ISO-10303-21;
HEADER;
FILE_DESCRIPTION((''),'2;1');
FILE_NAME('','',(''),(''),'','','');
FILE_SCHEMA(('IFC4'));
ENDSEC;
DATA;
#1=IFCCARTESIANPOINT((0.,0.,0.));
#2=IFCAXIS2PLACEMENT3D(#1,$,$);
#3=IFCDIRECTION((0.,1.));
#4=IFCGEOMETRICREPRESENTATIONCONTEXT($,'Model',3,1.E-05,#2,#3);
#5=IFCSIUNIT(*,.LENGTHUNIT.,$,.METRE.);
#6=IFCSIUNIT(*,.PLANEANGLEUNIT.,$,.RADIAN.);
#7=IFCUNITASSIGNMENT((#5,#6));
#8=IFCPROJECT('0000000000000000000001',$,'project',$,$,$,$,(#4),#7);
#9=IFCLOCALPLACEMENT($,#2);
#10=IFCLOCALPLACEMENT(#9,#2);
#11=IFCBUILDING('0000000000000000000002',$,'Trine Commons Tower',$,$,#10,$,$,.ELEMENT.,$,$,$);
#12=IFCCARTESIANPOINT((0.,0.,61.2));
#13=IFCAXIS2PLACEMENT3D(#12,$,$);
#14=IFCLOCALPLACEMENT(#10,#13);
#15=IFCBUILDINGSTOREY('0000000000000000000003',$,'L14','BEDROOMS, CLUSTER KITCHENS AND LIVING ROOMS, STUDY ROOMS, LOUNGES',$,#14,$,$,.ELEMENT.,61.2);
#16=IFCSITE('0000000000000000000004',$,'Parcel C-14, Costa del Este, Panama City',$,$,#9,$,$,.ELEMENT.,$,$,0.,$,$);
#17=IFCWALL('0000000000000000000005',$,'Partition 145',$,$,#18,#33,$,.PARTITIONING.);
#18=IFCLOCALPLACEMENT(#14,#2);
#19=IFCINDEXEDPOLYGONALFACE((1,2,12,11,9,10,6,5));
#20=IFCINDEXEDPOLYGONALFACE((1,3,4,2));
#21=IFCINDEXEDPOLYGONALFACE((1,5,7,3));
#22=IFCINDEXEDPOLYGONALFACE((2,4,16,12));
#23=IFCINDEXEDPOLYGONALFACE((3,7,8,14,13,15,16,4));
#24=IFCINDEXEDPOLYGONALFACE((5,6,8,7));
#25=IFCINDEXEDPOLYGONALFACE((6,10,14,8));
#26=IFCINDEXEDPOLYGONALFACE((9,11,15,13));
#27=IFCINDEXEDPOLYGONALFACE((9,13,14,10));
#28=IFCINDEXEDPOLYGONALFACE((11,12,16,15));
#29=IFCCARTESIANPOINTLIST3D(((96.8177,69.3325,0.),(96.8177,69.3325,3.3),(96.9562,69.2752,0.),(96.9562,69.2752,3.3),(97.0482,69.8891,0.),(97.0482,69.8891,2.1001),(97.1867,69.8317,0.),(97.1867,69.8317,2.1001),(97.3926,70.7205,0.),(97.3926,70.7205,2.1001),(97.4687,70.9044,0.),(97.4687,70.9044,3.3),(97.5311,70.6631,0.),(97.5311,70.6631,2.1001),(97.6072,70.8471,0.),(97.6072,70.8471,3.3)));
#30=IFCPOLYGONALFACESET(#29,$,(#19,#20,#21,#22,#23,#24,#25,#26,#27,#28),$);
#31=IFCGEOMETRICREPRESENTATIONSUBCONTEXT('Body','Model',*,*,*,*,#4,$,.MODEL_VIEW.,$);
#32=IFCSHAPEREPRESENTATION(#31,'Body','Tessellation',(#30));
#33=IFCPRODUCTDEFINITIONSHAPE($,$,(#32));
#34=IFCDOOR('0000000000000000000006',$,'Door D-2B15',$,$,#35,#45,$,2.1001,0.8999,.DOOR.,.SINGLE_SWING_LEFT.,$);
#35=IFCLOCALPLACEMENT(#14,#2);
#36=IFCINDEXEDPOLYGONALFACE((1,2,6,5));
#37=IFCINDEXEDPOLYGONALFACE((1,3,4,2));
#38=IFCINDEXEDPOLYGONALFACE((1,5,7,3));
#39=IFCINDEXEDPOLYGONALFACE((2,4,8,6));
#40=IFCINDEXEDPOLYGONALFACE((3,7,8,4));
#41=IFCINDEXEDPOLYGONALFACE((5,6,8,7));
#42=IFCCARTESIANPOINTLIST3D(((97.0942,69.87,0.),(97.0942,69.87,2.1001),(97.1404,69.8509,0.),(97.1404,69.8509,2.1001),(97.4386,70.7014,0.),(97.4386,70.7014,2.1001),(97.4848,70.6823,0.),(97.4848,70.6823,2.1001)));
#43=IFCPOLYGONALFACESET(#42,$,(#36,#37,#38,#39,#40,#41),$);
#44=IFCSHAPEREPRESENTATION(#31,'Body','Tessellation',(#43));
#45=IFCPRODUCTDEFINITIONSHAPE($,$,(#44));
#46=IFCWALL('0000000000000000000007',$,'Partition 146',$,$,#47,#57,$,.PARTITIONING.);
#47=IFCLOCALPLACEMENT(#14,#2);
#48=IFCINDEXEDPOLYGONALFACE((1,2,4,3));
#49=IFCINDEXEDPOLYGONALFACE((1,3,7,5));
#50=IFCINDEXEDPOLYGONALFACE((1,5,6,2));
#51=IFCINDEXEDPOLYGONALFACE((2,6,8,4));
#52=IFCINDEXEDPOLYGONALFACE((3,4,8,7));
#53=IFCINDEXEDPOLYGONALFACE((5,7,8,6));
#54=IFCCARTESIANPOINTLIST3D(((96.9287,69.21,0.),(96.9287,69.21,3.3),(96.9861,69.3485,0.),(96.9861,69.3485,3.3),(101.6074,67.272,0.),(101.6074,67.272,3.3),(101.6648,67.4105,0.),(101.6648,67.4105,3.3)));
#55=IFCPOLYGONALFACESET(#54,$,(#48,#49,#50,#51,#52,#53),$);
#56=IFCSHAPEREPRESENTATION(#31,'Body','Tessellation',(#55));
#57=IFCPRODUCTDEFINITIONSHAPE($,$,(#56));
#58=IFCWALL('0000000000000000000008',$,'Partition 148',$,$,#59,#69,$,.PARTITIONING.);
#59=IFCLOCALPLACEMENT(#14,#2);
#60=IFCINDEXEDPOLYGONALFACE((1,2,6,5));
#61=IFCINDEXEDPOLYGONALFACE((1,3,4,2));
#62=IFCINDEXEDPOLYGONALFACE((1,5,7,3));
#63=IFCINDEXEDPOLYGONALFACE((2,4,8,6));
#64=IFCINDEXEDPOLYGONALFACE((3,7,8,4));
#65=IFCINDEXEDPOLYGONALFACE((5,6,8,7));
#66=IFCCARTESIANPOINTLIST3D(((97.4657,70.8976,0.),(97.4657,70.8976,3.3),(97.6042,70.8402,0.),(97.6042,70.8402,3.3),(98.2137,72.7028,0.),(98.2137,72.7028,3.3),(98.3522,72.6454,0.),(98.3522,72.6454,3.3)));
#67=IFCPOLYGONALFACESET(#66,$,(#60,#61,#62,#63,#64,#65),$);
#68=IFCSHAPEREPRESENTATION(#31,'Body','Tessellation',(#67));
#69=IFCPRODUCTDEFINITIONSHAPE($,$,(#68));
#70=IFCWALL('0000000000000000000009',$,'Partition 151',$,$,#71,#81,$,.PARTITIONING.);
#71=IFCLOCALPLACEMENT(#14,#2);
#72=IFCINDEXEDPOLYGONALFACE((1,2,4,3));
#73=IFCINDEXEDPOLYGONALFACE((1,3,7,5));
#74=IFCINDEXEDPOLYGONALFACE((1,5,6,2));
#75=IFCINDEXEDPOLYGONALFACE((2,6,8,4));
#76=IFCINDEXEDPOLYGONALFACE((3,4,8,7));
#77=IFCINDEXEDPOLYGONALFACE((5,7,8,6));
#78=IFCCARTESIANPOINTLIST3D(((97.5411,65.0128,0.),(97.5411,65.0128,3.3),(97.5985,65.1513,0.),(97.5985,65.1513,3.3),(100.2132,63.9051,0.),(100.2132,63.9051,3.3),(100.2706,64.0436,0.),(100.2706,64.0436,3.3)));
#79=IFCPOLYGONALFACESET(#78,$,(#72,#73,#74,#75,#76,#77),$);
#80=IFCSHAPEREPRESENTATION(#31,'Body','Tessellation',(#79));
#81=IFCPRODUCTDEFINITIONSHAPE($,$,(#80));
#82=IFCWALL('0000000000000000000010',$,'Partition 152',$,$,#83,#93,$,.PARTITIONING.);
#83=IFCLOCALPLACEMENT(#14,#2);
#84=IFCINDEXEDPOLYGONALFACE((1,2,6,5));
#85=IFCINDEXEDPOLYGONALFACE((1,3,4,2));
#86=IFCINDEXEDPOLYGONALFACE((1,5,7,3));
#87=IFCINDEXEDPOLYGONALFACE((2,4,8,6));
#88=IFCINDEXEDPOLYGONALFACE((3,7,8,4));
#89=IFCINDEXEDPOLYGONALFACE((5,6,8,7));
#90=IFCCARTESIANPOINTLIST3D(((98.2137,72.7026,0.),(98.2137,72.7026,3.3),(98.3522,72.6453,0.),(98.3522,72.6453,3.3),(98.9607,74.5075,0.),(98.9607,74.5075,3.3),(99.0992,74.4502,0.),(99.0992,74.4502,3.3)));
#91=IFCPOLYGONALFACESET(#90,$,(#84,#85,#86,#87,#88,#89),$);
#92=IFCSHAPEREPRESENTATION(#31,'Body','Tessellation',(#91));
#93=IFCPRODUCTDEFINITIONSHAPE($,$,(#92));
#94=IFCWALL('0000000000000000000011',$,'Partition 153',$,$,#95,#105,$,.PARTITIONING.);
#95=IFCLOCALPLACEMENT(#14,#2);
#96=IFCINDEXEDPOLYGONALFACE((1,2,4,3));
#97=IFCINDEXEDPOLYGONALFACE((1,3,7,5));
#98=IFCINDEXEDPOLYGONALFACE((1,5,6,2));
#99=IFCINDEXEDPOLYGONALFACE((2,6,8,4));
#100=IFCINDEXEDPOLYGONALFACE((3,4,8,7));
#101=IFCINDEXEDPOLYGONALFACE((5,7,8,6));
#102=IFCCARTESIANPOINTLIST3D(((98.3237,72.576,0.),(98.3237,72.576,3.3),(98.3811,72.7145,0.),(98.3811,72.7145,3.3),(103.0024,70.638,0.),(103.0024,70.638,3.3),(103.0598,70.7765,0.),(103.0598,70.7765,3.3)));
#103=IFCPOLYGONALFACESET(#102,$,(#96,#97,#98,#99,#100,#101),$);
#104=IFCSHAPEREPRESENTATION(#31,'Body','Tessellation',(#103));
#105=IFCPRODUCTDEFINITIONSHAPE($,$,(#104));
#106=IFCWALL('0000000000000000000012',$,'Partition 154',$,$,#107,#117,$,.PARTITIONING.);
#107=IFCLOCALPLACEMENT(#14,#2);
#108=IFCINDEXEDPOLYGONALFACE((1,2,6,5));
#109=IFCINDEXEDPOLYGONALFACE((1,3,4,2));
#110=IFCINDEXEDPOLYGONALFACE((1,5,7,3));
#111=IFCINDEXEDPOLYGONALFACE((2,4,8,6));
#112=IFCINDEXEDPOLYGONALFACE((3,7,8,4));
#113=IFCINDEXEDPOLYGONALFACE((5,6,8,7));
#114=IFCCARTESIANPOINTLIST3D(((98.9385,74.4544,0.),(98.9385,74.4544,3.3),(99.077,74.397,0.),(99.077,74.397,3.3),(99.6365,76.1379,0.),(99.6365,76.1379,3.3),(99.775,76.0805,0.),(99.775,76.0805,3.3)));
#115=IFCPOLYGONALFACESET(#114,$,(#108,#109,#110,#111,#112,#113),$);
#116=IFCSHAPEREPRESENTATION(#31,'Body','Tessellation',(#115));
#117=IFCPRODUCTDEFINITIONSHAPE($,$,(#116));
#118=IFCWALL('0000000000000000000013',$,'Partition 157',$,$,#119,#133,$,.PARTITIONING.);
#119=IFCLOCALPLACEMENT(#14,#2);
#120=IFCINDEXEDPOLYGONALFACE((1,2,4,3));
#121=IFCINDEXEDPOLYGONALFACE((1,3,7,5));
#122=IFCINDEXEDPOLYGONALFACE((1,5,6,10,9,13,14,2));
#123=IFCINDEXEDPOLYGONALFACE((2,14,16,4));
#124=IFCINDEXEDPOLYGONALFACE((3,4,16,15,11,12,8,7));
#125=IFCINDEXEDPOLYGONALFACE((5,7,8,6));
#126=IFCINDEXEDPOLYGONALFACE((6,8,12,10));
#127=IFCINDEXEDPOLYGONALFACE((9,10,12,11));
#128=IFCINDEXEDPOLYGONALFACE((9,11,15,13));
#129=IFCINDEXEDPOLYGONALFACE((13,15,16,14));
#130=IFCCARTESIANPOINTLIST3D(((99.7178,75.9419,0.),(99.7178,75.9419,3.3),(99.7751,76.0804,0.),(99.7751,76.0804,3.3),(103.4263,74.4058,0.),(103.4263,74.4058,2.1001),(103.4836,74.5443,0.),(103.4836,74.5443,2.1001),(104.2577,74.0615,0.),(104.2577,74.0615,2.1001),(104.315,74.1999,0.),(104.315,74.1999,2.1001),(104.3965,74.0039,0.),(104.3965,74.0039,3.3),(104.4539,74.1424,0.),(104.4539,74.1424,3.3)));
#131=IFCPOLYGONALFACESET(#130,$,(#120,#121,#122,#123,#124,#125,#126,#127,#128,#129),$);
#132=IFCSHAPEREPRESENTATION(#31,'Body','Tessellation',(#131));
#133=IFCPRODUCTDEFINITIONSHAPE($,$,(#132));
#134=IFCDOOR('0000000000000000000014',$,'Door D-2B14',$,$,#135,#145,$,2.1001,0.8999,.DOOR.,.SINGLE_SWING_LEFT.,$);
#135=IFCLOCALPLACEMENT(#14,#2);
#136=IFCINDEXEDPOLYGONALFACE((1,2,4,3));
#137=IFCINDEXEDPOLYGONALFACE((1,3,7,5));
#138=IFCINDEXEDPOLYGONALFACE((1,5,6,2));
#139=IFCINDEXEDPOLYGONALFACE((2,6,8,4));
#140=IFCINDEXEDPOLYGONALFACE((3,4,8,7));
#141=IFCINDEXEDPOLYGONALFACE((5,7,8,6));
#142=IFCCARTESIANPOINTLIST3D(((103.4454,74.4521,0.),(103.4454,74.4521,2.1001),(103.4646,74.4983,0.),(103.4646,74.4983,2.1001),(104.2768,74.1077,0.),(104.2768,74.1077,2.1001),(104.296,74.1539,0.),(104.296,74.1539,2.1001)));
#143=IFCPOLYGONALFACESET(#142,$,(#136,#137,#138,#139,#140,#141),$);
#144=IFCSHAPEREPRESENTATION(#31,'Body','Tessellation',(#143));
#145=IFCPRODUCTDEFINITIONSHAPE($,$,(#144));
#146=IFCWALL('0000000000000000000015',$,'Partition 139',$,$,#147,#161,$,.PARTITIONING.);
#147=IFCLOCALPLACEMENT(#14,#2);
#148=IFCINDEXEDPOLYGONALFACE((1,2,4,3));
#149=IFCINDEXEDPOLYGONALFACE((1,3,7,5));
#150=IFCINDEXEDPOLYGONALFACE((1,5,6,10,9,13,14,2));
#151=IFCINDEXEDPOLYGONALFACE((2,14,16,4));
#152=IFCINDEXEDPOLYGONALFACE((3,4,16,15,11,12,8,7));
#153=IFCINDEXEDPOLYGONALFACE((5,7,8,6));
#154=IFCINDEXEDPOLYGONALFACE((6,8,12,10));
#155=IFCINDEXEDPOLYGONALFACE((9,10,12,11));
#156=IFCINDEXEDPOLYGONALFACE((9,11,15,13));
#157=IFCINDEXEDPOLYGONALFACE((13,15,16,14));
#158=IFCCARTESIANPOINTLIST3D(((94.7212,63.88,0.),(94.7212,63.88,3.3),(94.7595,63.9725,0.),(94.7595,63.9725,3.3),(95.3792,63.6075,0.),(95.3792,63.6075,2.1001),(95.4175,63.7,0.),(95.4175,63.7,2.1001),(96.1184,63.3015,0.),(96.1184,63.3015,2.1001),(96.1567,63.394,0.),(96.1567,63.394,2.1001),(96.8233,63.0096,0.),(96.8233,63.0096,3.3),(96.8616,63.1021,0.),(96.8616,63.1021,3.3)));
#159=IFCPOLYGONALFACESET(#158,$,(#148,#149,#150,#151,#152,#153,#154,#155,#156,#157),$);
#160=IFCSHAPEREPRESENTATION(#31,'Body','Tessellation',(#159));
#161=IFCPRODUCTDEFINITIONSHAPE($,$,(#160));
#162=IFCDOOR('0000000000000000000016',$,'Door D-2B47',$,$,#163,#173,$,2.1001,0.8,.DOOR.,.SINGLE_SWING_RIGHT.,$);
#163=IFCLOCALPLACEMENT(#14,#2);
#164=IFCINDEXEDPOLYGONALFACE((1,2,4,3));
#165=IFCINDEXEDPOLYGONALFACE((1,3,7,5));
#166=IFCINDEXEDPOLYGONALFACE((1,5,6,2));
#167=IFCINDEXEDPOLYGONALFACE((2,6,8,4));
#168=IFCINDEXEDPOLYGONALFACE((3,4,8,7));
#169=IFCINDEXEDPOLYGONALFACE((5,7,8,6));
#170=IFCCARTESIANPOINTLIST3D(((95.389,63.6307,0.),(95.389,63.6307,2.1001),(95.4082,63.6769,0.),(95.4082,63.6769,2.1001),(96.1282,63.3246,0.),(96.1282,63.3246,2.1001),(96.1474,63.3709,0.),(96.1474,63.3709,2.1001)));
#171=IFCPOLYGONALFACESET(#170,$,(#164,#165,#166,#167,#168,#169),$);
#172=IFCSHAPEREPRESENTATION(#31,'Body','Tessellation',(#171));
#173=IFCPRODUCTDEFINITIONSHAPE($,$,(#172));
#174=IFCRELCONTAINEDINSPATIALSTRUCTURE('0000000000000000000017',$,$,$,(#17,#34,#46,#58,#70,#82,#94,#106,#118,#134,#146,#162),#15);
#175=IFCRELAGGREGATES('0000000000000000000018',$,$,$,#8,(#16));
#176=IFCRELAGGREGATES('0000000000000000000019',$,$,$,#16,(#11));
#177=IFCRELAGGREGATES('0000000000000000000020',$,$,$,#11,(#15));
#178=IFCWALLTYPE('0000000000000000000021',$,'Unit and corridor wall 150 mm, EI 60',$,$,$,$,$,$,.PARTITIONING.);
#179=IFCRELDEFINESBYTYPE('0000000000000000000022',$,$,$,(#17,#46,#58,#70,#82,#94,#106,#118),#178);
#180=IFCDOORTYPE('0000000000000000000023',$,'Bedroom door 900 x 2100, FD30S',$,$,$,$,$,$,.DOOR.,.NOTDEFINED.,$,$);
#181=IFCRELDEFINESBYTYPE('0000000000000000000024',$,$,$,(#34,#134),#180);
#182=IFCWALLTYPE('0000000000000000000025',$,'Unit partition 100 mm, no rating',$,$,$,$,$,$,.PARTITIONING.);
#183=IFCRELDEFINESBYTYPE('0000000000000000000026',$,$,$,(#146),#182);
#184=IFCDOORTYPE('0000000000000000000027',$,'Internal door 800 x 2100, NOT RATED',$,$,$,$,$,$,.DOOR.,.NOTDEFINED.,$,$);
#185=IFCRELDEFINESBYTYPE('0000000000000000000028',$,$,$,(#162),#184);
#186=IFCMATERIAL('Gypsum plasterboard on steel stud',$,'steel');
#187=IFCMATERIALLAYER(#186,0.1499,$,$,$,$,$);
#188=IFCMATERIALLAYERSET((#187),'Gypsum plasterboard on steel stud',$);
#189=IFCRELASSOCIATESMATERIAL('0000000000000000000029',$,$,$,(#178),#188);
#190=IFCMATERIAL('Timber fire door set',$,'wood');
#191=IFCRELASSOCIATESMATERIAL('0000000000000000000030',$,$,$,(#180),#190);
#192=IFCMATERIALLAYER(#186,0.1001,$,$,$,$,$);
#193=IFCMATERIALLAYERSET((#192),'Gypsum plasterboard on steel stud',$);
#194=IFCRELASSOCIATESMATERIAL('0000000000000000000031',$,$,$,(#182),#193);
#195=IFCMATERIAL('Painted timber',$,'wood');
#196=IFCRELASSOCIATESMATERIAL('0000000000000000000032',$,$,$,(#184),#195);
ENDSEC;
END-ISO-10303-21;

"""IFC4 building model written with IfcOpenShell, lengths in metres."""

from ifc_helpers import new_model, si_unit, direction, frame, frame_2d, origin, place, context, subcontext, project, spatial, rectangle, extrude, material, layer, layer_set, type_object, element, fill, save


model = new_model("IFC4")

# Units and contexts
model_context = context("Model", 3, precision=1e-05, world=origin(), true_north=direction((0.0, 1.0)))
body_context = subcontext(model_context, "Body", "Model", "MODEL_VIEW")
ifc_project = project(units=[si_unit("LENGTHUNIT", "METRE"), si_unit("PLANEANGLEUNIT", "RADIAN")], contexts=[model_context])

# Site, building, storey
site_placement = place(None, origin())
site = spatial("IfcSite", under=ifc_project, at=site_placement, Name="Parcel C-14, Costa del Este, Panama City", CompositionType="ELEMENT", RefElevation=0.0)
building_placement = place(site_placement, origin())
building = spatial("IfcBuilding", under=site, at=building_placement, Name="Trine Commons Tower", CompositionType="ELEMENT")
storey_placement = place(building_placement, frame((0.0, 0.0, 61.2)))
storey = spatial("IfcBuildingStorey", under=building, at=storey_placement, Name="L14", Description="BEDROOMS, CLUSTER KITCHENS AND LIVING ROOMS, STUDY ROOMS, LOUNGES", CompositionType="ELEMENT", Elevation=61.2)

# Shared definitions
ifc_material_1 = material(Name="Gypsum plasterboard on steel stud", Category="steel")
ifc_layer_1 = layer(ifc_material_1, 0.1499)
ifc_layer_set_1 = layer_set([ifc_layer_1], Name="Gypsum plasterboard on steel stud")
wall_type_1 = type_object("IfcWallType", Name="Unit and corridor wall 150 mm, EI 60", PredefinedType="PARTITIONING", material=ifc_layer_set_1)

# Wall, opening, door
ifc_material_2 = material(Name="Timber fire door set", Category="wood")
wall_1_placement = place(storey_placement, frame((96.887, 69.304, 0.0), z_axis=(0.0, 0.0, 1.0), x_axis=(0.382669, 0.923886, 0.0)))
wall_1 = element("IfcWall", 1, at=wall_1_placement, inside=storey, type_object=wall_type_1, Name="Partition 145", PredefinedType="PARTITIONING", context=body_context, shape_type="SweptSolid", body=[
    extrude(rectangle(XDim=1.7014, YDim=0.1499, at=frame_2d((0.8506, 0.0))), origin(), (0.0, 0.0, 1.0), 3.3),
])
opening_1_placement = place(wall_1_placement, frame((0.6023, 0.0, 0.0)))
opening_1 = element("IfcOpeningElement", 2, at=opening_1_placement, cuts=wall_1, PredefinedType="OPENING", context=body_context, shape_type="SweptSolid", body=[
    extrude(rectangle(XDim=0.8999, YDim=2.1001, at=frame_2d((0.45, 1.05))), frame((0.0, 0.085, 0.0), z_axis=(0.0, -1.0, 0.0), x_axis=(1.0, 0.0, 0.0)), (0.0, 0.0, 1.0), 0.1699),
])
door_type_1 = type_object("IfcDoorType", Name="Bedroom door 900 x 2100, FD30S", OperationType="NOTDEFINED", PredefinedType="DOOR", material=ifc_material_2)
door_1_placement = place(opening_1_placement, frame((0.8999, 0.0, 0.0), z_axis=(0.0, 0.0, 1.0), x_axis=(-1.0, 0.0, 0.0)))
door_1 = element("IfcDoor", 3, at=door_1_placement, inside=storey, type_object=door_type_1, Name="Door D-2B15", OperationType="SINGLE_SWING_LEFT", OverallHeight=2.1001, OverallWidth=0.8999, PredefinedType="DOOR", context=body_context, shape_type="SweptSolid", body=[
    extrude(rectangle(XDim=0.8999, YDim=2.1001, at=frame_2d((0.45, 1.05))), frame((0.0, 0.0249, 0.0), z_axis=(0.0, -1.0, 0.0), x_axis=(1.0, 0.0, 0.0)), (0.0, 0.0, 1.0), 0.05),
])
fill(opening_1, door_1)

# Walls
wall_2_placement = place(storey_placement, frame((96.9573, 69.2793, 0.0), z_axis=(0.0, 0.0, 1.0), x_axis=(0.923879, -0.382684, 0.0)))
element("IfcWall", 4, at=wall_2_placement, inside=storey, type_object=wall_type_1, Name="Partition 146", PredefinedType="PARTITIONING", context=body_context, shape_type="SweptSolid", body=[
    extrude(rectangle(XDim=5.0642, YDim=0.1499, at=frame_2d((2.5322, 0.0))), origin(), (0.0, 0.0, 1.0), 3.3),
])
wall_3_placement = place(storey_placement, frame((97.5349, 70.8689, 0.0), z_axis=(0.0, 0.0, 1.0), x_axis=(0.382823, 0.923822, 0.0)))
element("IfcWall", 5, at=wall_3_placement, inside=storey, type_object=wall_type_1, Name="Partition 148", PredefinedType="PARTITIONING", context=body_context, shape_type="SweptSolid", body=[
    extrude(rectangle(XDim=1.9541, YDim=0.1499, at=frame_2d((0.9771, 0.0))), origin(), (0.0, 0.0, 1.0), 3.3),
])
wall_4_placement = place(storey_placement, frame((97.5698, 65.082, 0.0), z_axis=(0.0, 0.0, 1.0), x_axis=(0.923777, -0.382931, 0.0)))
element("IfcWall", 6, at=wall_4_placement, inside=storey, type_object=wall_type_1, Name="Partition 151", PredefinedType="PARTITIONING", context=body_context, shape_type="SweptSolid", body=[
    extrude(rectangle(XDim=2.8926, YDim=0.1499, at=frame_2d((1.4463, 0.0))), origin(), (0.0, 0.0, 1.0), 3.3),
])
wall_5_placement = place(storey_placement, frame((98.283, 72.6741, 0.0), z_axis=(0.0, 0.0, 1.0), x_axis=(0.38244, 0.92398, 0.0)))
element("IfcWall", 7, at=wall_5_placement, inside=storey, type_object=wall_type_1, Name="Partition 152", PredefinedType="PARTITIONING", context=body_context, shape_type="SweptSolid", body=[
    extrude(rectangle(XDim=1.9534, YDim=0.1499, at=frame_2d((0.9766, 0.0))), origin(), (0.0, 0.0, 1.0), 3.3),
])
wall_6_placement = place(storey_placement, frame((98.3523, 72.6453, 0.0), z_axis=(0.0, 0.0, 1.0), x_axis=(0.923879, -0.382684, 0.0)))
element("IfcWall", 8, at=wall_6_placement, inside=storey, type_object=wall_type_1, Name="Partition 153", PredefinedType="PARTITIONING", context=body_context, shape_type="SweptSolid", body=[
    extrude(rectangle(XDim=5.0642, YDim=0.1499, at=frame_2d((2.5322, 0.0))), origin(), (0.0, 0.0, 1.0), 3.3),
])
wall_7_placement = place(storey_placement, frame((99.0078, 74.4258, 0.0), z_axis=(0.0, 0.0, 1.0), x_axis=(0.382979, 0.923757, 0.0)))
element("IfcWall", 9, at=wall_7_placement, inside=storey, type_object=wall_type_1, Name="Partition 154", PredefinedType="PARTITIONING", context=body_context, shape_type="SweptSolid", body=[
    extrude(rectangle(XDim=1.8225, YDim=0.1499, at=frame_2d((0.9111, 0.0))), origin(), (0.0, 0.0, 1.0), 3.3),
])

# Walls, openings, doors
wall_8_placement = place(storey_placement, frame((99.7463, 76.0112, 0.0), z_axis=(0.0, 0.0, 1.0), x_axis=(0.923879, -0.382684, 0.0)))
wall_8 = element("IfcWall", 10, at=wall_8_placement, inside=storey, type_object=wall_type_1, Name="Partition 157", PredefinedType="PARTITIONING", context=body_context, shape_type="SweptSolid", body=[
    extrude(rectangle(XDim=5.0642, YDim=0.1499, at=frame_2d((2.5322, 0.0))), origin(), (0.0, 0.0, 1.0), 3.3),
])
opening_2_placement = place(wall_8_placement, frame((4.0142, 0.0, 0.0)))
opening_2 = element("IfcOpeningElement", 11, at=opening_2_placement, cuts=wall_8, PredefinedType="OPENING", context=body_context, shape_type="SweptSolid", body=[
    extrude(rectangle(XDim=0.8999, YDim=2.1001, at=frame_2d((0.45, 1.05))), frame((0.0, 0.085, 0.0), z_axis=(0.0, -1.0, 0.0), x_axis=(1.0, 0.0, 0.0)), (0.0, 0.0, 1.0), 0.1699),
])
door_2_placement = place(opening_2_placement, frame((0.8999, 0.0, 0.0), z_axis=(0.0, 0.0, 1.0), x_axis=(-1.0, 0.0, 0.0)))
door_2 = element("IfcDoor", 12, at=door_2_placement, inside=storey, type_object=door_type_1, Name="Door D-2B14", OperationType="SINGLE_SWING_LEFT", OverallHeight=2.1001, OverallWidth=0.8999, PredefinedType="DOOR", context=body_context, shape_type="SweptSolid", body=[
    extrude(rectangle(XDim=0.8999, YDim=2.1001, at=frame_2d((0.45, 1.05))), frame((0.0, 0.0249, 0.0), z_axis=(0.0, -1.0, 0.0), x_axis=(1.0, 0.0, 0.0)), (0.0, 0.0, 1.0), 0.05),
])
fill(opening_2, door_2)
ifc_layer_2 = layer(ifc_material_1, 0.1001)
ifc_layer_set_2 = layer_set([ifc_layer_2], Name="Gypsum plasterboard on steel stud")
wall_type_2 = type_object("IfcWallType", Name="Unit partition 100 mm, no rating", PredefinedType="PARTITIONING", material=ifc_layer_set_2)
wall_9_placement = place(storey_placement, frame((94.7402, 63.9263, 0.0), z_axis=(0.0, 0.0, 1.0), x_axis=(0.923932, -0.382557, 0.0)))
wall_9 = element("IfcWall", 13, at=wall_9_placement, inside=storey, type_object=wall_type_2, Name="Partition 139", PredefinedType="PARTITIONING", context=body_context, shape_type="SweptSolid", body=[
    extrude(rectangle(XDim=2.2751, YDim=0.1001, at=frame_2d((1.1377, 0.0))), origin(), (0.0, 0.0, 1.0), 3.3),
])
opening_3_placement = place(wall_9_placement, frame((0.7124, 0.0, 0.0)))
opening_3 = element("IfcOpeningElement", 14, at=opening_3_placement, cuts=wall_9, PredefinedType="OPENING", context=body_context, shape_type="SweptSolid", body=[
    extrude(rectangle(XDim=0.8, YDim=2.1001, at=frame_2d((0.3999, 1.05))), frame((0.0, 0.0601, 0.0), z_axis=(0.0, -1.0, 0.0), x_axis=(1.0, 0.0, 0.0)), (0.0, 0.0, 1.0), 0.1201),
])
ifc_material_3 = material(Name="Painted timber", Category="wood")
door_type_2 = type_object("IfcDoorType", Name="Internal door 800 x 2100, NOT RATED", OperationType="NOTDEFINED", PredefinedType="DOOR", material=ifc_material_3)
door_3_placement = place(opening_3_placement, frame((0.8, 0.0, 0.0), z_axis=(0.0, 0.0, 1.0), x_axis=(-1.0, 0.0, 0.0)))
door_3 = element("IfcDoor", 15, at=door_3_placement, inside=storey, type_object=door_type_2, Name="Door D-2B47", OperationType="SINGLE_SWING_RIGHT", OverallHeight=2.1001, OverallWidth=0.8, PredefinedType="DOOR", context=body_context, shape_type="SweptSolid", body=[
    extrude(rectangle(XDim=0.8, YDim=2.1001, at=frame_2d((0.3999, 1.05))), frame((0.0, 0.0249, 0.0), z_axis=(0.0, -1.0, 0.0), x_axis=(1.0, 0.0, 0.0)), (0.0, 0.0, 1.0), 0.05),
])
fill(opening_3, door_3)

save(model, "model.ifc")
